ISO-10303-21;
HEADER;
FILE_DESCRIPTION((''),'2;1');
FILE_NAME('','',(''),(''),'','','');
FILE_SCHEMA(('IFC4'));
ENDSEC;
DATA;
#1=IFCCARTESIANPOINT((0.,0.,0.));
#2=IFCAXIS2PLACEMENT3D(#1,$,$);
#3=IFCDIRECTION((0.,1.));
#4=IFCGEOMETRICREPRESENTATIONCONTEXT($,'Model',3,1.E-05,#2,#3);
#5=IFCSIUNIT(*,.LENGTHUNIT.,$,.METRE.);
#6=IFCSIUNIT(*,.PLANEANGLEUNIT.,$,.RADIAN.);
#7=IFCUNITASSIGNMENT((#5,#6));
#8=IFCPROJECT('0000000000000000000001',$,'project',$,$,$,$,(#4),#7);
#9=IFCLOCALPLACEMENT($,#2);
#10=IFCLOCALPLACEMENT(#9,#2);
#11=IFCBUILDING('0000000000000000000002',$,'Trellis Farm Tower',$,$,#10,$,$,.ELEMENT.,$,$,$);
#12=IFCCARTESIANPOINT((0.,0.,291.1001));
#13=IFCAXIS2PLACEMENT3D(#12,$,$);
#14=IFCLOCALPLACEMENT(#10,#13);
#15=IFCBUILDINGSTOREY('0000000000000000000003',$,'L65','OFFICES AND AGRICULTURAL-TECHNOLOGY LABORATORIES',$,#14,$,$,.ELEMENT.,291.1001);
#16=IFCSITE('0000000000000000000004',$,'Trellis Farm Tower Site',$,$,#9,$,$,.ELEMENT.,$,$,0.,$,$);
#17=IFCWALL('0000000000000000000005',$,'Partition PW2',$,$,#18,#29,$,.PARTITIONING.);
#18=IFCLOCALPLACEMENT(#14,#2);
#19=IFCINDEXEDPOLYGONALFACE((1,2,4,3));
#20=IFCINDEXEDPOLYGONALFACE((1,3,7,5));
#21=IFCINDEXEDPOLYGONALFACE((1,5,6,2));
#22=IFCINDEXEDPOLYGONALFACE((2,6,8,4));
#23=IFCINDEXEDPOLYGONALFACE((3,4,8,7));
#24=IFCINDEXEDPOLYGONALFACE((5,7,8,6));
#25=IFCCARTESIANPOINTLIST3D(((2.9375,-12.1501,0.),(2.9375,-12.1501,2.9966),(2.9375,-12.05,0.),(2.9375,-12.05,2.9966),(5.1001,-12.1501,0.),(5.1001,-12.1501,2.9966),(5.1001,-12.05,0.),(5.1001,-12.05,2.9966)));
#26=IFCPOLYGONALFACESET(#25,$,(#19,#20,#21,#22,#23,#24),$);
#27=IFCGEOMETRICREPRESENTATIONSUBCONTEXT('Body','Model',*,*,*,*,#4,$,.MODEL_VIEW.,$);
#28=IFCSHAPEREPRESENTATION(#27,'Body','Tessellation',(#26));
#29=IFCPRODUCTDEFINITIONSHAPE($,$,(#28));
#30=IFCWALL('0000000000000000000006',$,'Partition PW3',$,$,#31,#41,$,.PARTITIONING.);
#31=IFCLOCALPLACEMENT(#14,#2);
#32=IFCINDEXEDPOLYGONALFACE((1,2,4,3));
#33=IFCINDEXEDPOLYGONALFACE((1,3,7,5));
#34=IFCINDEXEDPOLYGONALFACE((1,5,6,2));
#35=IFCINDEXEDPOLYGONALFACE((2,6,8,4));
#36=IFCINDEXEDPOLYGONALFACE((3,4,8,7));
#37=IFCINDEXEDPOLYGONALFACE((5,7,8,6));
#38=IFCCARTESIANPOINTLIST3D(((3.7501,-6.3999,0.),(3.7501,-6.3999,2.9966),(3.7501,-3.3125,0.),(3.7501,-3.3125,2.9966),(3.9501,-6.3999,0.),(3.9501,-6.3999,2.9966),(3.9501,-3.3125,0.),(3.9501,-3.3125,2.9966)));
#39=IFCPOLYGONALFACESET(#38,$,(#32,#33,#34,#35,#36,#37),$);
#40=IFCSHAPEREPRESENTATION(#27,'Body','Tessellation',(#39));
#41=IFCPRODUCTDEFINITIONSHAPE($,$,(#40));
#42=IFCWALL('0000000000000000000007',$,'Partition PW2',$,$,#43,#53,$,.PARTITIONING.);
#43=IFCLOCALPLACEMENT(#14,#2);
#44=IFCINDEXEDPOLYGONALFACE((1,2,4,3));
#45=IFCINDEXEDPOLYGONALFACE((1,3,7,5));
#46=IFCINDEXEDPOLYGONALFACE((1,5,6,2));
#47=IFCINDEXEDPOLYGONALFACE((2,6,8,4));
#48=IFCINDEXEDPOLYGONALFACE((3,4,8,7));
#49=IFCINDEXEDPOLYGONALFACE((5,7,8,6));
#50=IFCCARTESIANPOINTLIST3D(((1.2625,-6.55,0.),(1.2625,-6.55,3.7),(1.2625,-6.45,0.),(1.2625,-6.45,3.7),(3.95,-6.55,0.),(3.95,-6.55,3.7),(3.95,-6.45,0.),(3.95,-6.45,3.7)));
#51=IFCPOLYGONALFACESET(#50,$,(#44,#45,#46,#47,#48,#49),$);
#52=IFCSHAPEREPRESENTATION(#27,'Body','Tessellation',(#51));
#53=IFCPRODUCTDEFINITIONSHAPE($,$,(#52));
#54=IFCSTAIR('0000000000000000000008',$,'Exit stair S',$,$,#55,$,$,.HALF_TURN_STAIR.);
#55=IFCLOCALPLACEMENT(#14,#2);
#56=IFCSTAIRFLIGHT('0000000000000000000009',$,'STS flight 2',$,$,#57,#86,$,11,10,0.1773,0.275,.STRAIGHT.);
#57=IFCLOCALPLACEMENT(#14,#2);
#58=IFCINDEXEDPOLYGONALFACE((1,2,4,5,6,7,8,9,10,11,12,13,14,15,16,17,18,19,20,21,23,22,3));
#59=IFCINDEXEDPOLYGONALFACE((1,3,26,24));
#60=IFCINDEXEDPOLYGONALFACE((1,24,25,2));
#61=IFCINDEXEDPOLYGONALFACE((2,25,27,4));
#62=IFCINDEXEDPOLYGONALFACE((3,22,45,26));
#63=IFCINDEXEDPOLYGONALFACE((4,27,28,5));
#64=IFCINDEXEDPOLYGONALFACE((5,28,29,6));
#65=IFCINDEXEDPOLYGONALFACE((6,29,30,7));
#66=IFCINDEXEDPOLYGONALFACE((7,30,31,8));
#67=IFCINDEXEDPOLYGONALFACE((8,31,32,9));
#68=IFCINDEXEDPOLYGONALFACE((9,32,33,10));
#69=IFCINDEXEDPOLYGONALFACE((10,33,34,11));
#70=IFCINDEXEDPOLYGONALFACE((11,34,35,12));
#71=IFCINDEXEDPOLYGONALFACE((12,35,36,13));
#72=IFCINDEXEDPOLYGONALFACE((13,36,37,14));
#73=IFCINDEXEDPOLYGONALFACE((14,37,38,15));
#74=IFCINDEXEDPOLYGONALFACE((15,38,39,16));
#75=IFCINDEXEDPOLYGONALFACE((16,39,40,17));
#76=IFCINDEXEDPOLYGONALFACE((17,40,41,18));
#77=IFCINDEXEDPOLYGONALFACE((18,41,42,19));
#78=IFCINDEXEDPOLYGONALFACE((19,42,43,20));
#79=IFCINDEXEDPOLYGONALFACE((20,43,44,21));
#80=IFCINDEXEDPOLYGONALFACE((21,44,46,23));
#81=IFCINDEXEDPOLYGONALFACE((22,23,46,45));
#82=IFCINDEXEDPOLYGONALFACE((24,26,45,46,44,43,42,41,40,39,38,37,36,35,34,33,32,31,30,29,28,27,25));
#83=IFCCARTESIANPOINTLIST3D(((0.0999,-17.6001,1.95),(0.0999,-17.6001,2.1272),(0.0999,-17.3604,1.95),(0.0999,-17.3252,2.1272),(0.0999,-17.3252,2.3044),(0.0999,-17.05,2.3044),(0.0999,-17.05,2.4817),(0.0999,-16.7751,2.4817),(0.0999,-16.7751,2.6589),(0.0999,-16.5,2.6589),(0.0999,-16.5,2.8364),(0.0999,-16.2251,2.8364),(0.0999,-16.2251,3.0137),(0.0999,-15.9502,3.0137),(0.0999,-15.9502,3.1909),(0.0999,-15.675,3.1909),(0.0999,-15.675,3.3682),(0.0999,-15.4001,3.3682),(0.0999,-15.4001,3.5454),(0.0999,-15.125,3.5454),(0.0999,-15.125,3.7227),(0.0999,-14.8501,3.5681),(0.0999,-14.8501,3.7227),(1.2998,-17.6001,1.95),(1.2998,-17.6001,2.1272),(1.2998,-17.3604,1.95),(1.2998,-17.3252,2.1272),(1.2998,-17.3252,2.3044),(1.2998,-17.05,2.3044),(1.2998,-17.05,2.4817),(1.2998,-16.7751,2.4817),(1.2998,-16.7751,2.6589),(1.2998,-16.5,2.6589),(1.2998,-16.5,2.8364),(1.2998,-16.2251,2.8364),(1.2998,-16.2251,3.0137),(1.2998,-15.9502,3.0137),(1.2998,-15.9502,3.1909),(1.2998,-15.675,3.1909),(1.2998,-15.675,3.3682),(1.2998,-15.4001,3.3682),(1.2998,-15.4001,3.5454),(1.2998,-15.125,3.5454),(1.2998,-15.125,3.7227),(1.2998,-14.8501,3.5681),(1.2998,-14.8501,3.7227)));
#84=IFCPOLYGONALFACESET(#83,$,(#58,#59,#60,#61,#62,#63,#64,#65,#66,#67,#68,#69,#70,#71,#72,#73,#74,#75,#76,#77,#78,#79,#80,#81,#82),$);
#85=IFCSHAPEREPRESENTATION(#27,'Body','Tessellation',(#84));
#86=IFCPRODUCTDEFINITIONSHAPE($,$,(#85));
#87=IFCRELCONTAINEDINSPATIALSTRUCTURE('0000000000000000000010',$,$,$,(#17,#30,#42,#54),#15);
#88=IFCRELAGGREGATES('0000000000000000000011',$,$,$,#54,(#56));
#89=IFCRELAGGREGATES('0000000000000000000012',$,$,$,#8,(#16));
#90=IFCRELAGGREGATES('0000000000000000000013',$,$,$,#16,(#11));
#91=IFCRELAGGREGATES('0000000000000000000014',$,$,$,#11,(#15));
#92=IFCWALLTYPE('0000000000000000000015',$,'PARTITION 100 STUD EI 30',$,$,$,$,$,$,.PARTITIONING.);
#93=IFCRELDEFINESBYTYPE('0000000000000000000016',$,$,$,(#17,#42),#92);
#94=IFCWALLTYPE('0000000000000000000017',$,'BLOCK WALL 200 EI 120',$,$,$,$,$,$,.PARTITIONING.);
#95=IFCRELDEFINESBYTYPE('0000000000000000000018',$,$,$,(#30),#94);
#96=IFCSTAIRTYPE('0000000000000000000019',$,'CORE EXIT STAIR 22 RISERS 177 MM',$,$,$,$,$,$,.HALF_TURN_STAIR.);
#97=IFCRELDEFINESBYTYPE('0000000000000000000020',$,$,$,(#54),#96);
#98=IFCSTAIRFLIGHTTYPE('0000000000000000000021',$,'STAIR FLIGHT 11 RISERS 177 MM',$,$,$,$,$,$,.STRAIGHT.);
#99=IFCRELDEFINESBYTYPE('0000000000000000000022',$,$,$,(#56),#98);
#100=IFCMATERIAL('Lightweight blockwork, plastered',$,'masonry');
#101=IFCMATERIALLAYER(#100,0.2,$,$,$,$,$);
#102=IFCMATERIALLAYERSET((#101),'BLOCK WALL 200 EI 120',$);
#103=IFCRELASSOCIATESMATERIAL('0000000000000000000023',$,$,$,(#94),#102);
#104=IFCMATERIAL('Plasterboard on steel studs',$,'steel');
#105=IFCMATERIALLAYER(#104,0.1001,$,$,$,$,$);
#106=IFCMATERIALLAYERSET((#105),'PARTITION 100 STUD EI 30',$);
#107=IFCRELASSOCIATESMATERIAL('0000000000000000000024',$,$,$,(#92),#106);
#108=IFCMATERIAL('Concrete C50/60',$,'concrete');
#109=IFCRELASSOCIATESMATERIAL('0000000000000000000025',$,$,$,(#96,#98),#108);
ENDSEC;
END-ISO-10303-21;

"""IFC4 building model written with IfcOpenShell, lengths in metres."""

from ifc_helpers import new_model, si_unit, direction, frame, frame_2d, origin, place, context, subcontext, project, spatial, polyline, rectangle, outline, extrude, source, transform, mapped, material, layer, layer_set, type_object, element, aggregate, save


model = new_model("IFC4")

# Units and contexts
model_context = context("Model", 3, precision=1e-05, world=origin(), true_north=direction((0.0, 1.0)))
body_context = subcontext(model_context, "Body", "Model", "MODEL_VIEW")
ifc_project = project(units=[si_unit("LENGTHUNIT", "METRE"), si_unit("PLANEANGLEUNIT", "RADIAN")], contexts=[model_context])

# Site, building, storey
site_placement = place(None, origin())
site = spatial("IfcSite", under=ifc_project, at=site_placement, Name="Trellis Farm Tower Site", CompositionType="ELEMENT", RefElevation=0.0)
building_placement = place(site_placement, origin())
building = spatial("IfcBuilding", under=site, at=building_placement, Name="Trellis Farm Tower", CompositionType="ELEMENT")
storey_placement = place(building_placement, frame((0.0, 0.0, 291.1001)))
storey = spatial("IfcBuildingStorey", under=building, at=storey_placement, Name="L65", Description="OFFICES AND AGRICULTURAL-TECHNOLOGY LABORATORIES", CompositionType="ELEMENT", Elevation=291.1001)

# Shared definitions
placement = place(storey_placement, origin())

# Shared definitions
ifc_material_1 = material(Name="Lightweight blockwork, plastered", Category="masonry")
ifc_layer_1 = layer(ifc_material_1, 0.2)
ifc_layer_set_1 = layer_set([ifc_layer_1], Name="BLOCK WALL 200 EI 120")
wall_type_1 = type_object("IfcWallType", Name="BLOCK WALL 200 EI 120", PredefinedType="PARTITIONING", material=ifc_layer_set_1)
ifc_material_2 = material(Name="Concrete C50/60", Category="concrete")

# Shared definitions
ifc_material_3 = material(Name="Plasterboard on steel studs", Category="steel")
ifc_layer_2 = layer(ifc_material_3, 0.1001)
ifc_layer_set_2 = layer_set([ifc_layer_2], Name="PARTITION 100 STUD EI 30")
wall_type_2 = type_object("IfcWallType", Name="PARTITION 100 STUD EI 30", PredefinedType="PARTITIONING", material=ifc_layer_set_2)

# Walls
shared_shape_1 = source(origin(), body_context, "Body", "SweptSolid", [
    extrude(rectangle(XDim=2.1626, YDim=0.1001, at=frame_2d((1.0813, 0.0))), origin(), (0.0, 0.0, 1.0), 2.9966),
])
wall_1_placement = place(storey_placement, frame((2.9375, -12.1001, 0.0), z_axis=(0.0, 0.0, 1.0), x_axis=(1.0, 0.0, 0.0)))
element("IfcWall", 1, at=wall_1_placement, inside=storey, type_object=wall_type_2, Name="Partition PW2", PredefinedType="PARTITIONING", context=body_context, shape_type="MappedRepresentation", body=[
    mapped(shared_shape_1, transform((0.0, 0.0, 0.0))),
])
shared_shape_2 = source(origin(), body_context, "Body", "SweptSolid", [
    extrude(rectangle(XDim=3.0874, YDim=0.2, at=frame_2d((1.5437, 0.0))), origin(), (0.0, 0.0, 1.0), 2.9966),
])
wall_2_placement = place(storey_placement, frame((3.8501, -6.3999, 0.0), z_axis=(0.0, 0.0, 1.0), x_axis=(0.0, 1.0, 0.0)))
element("IfcWall", 2, at=wall_2_placement, inside=storey, type_object=wall_type_1, Name="Partition PW3", PredefinedType="PARTITIONING", context=body_context, shape_type="MappedRepresentation", body=[
    mapped(shared_shape_2, transform((0.0, 0.0, 0.0))),
])
shared_shape_3 = source(origin(), body_context, "Body", "SweptSolid", [
    extrude(rectangle(XDim=2.6875, YDim=0.1001, at=frame_2d((1.3438, 0.0))), origin(), (0.0, 0.0, 1.0), 3.7),
])
wall_3_placement = place(storey_placement, frame((1.2625, -6.5, 0.0), z_axis=(0.0, 0.0, 1.0), x_axis=(1.0, 0.0, 0.0)))
element("IfcWall", 3, at=wall_3_placement, inside=storey, type_object=wall_type_2, Name="Partition PW2", PredefinedType="PARTITIONING", context=body_context, shape_type="MappedRepresentation", body=[
    mapped(shared_shape_3, transform((0.0, 0.0, 0.0))),
])

# Stair, stair flight
stair_type = type_object("IfcStairType", Name="CORE EXIT STAIR 22 RISERS 177 MM", PredefinedType="HALF_TURN_STAIR", material=ifc_material_2)
stair = element("IfcStair", 4, at=placement, inside=storey, type_object=stair_type, Name="Exit stair S", PredefinedType="HALF_TURN_STAIR")
stair_flight_type = type_object("IfcStairFlightType", Name="STAIR FLIGHT 11 RISERS 177 MM", PredefinedType="STRAIGHT", material=ifc_material_2)
shared_shape_4 = source(origin(), body_context, "Body", "SweptSolid", [
    extrude(outline(polyline([(0.0, 0.0), (0.0, 0.1772), (0.2749, 0.1772), (0.2749, 0.3545), (0.55, 0.3545), (0.55, 0.5317), (0.825, 0.5317), (0.825, 0.709), (1.1001, 0.709), (1.1001, 0.8865), (1.375, 0.8865), (1.375, 1.0637), (1.6499, 1.0637), (1.6499, 1.241), (1.925, 1.241), (1.925, 1.4182), (2.2, 1.4182), (2.2, 1.5955), (2.4751, 1.5955), (2.4751, 1.7727), (2.75, 1.7727), (2.75, 1.95), (2.75, 1.6182), (0.2397, 0.0), (0.0, 0.0)])), frame((0.0, 0.6001, 0.0), z_axis=(0.0, -1.0, 0.0), x_axis=(1.0, 0.0, 0.0)), (0.0, 0.0, 1.0), 1.2),
])
stair_flight_placement = place(storey_placement, frame((0.7, -17.6001, 1.95), z_axis=(0.0, 0.0, 1.0), x_axis=(0.0, 1.0, 0.0)))
stair_flight = element("IfcStairFlight", 5, at=stair_flight_placement, type_object=stair_flight_type, Name="STS flight 2", NumberOfRisers=11, NumberOfTreads=10, PredefinedType="STRAIGHT", RiserHeight=0.1773, TreadLength=0.275, context=body_context, shape_type="MappedRepresentation", body=[
    mapped(shared_shape_4, transform((0.0, 0.0, 0.0))),
])
aggregate(stair, [stair_flight])

save(model, "model.ifc")
